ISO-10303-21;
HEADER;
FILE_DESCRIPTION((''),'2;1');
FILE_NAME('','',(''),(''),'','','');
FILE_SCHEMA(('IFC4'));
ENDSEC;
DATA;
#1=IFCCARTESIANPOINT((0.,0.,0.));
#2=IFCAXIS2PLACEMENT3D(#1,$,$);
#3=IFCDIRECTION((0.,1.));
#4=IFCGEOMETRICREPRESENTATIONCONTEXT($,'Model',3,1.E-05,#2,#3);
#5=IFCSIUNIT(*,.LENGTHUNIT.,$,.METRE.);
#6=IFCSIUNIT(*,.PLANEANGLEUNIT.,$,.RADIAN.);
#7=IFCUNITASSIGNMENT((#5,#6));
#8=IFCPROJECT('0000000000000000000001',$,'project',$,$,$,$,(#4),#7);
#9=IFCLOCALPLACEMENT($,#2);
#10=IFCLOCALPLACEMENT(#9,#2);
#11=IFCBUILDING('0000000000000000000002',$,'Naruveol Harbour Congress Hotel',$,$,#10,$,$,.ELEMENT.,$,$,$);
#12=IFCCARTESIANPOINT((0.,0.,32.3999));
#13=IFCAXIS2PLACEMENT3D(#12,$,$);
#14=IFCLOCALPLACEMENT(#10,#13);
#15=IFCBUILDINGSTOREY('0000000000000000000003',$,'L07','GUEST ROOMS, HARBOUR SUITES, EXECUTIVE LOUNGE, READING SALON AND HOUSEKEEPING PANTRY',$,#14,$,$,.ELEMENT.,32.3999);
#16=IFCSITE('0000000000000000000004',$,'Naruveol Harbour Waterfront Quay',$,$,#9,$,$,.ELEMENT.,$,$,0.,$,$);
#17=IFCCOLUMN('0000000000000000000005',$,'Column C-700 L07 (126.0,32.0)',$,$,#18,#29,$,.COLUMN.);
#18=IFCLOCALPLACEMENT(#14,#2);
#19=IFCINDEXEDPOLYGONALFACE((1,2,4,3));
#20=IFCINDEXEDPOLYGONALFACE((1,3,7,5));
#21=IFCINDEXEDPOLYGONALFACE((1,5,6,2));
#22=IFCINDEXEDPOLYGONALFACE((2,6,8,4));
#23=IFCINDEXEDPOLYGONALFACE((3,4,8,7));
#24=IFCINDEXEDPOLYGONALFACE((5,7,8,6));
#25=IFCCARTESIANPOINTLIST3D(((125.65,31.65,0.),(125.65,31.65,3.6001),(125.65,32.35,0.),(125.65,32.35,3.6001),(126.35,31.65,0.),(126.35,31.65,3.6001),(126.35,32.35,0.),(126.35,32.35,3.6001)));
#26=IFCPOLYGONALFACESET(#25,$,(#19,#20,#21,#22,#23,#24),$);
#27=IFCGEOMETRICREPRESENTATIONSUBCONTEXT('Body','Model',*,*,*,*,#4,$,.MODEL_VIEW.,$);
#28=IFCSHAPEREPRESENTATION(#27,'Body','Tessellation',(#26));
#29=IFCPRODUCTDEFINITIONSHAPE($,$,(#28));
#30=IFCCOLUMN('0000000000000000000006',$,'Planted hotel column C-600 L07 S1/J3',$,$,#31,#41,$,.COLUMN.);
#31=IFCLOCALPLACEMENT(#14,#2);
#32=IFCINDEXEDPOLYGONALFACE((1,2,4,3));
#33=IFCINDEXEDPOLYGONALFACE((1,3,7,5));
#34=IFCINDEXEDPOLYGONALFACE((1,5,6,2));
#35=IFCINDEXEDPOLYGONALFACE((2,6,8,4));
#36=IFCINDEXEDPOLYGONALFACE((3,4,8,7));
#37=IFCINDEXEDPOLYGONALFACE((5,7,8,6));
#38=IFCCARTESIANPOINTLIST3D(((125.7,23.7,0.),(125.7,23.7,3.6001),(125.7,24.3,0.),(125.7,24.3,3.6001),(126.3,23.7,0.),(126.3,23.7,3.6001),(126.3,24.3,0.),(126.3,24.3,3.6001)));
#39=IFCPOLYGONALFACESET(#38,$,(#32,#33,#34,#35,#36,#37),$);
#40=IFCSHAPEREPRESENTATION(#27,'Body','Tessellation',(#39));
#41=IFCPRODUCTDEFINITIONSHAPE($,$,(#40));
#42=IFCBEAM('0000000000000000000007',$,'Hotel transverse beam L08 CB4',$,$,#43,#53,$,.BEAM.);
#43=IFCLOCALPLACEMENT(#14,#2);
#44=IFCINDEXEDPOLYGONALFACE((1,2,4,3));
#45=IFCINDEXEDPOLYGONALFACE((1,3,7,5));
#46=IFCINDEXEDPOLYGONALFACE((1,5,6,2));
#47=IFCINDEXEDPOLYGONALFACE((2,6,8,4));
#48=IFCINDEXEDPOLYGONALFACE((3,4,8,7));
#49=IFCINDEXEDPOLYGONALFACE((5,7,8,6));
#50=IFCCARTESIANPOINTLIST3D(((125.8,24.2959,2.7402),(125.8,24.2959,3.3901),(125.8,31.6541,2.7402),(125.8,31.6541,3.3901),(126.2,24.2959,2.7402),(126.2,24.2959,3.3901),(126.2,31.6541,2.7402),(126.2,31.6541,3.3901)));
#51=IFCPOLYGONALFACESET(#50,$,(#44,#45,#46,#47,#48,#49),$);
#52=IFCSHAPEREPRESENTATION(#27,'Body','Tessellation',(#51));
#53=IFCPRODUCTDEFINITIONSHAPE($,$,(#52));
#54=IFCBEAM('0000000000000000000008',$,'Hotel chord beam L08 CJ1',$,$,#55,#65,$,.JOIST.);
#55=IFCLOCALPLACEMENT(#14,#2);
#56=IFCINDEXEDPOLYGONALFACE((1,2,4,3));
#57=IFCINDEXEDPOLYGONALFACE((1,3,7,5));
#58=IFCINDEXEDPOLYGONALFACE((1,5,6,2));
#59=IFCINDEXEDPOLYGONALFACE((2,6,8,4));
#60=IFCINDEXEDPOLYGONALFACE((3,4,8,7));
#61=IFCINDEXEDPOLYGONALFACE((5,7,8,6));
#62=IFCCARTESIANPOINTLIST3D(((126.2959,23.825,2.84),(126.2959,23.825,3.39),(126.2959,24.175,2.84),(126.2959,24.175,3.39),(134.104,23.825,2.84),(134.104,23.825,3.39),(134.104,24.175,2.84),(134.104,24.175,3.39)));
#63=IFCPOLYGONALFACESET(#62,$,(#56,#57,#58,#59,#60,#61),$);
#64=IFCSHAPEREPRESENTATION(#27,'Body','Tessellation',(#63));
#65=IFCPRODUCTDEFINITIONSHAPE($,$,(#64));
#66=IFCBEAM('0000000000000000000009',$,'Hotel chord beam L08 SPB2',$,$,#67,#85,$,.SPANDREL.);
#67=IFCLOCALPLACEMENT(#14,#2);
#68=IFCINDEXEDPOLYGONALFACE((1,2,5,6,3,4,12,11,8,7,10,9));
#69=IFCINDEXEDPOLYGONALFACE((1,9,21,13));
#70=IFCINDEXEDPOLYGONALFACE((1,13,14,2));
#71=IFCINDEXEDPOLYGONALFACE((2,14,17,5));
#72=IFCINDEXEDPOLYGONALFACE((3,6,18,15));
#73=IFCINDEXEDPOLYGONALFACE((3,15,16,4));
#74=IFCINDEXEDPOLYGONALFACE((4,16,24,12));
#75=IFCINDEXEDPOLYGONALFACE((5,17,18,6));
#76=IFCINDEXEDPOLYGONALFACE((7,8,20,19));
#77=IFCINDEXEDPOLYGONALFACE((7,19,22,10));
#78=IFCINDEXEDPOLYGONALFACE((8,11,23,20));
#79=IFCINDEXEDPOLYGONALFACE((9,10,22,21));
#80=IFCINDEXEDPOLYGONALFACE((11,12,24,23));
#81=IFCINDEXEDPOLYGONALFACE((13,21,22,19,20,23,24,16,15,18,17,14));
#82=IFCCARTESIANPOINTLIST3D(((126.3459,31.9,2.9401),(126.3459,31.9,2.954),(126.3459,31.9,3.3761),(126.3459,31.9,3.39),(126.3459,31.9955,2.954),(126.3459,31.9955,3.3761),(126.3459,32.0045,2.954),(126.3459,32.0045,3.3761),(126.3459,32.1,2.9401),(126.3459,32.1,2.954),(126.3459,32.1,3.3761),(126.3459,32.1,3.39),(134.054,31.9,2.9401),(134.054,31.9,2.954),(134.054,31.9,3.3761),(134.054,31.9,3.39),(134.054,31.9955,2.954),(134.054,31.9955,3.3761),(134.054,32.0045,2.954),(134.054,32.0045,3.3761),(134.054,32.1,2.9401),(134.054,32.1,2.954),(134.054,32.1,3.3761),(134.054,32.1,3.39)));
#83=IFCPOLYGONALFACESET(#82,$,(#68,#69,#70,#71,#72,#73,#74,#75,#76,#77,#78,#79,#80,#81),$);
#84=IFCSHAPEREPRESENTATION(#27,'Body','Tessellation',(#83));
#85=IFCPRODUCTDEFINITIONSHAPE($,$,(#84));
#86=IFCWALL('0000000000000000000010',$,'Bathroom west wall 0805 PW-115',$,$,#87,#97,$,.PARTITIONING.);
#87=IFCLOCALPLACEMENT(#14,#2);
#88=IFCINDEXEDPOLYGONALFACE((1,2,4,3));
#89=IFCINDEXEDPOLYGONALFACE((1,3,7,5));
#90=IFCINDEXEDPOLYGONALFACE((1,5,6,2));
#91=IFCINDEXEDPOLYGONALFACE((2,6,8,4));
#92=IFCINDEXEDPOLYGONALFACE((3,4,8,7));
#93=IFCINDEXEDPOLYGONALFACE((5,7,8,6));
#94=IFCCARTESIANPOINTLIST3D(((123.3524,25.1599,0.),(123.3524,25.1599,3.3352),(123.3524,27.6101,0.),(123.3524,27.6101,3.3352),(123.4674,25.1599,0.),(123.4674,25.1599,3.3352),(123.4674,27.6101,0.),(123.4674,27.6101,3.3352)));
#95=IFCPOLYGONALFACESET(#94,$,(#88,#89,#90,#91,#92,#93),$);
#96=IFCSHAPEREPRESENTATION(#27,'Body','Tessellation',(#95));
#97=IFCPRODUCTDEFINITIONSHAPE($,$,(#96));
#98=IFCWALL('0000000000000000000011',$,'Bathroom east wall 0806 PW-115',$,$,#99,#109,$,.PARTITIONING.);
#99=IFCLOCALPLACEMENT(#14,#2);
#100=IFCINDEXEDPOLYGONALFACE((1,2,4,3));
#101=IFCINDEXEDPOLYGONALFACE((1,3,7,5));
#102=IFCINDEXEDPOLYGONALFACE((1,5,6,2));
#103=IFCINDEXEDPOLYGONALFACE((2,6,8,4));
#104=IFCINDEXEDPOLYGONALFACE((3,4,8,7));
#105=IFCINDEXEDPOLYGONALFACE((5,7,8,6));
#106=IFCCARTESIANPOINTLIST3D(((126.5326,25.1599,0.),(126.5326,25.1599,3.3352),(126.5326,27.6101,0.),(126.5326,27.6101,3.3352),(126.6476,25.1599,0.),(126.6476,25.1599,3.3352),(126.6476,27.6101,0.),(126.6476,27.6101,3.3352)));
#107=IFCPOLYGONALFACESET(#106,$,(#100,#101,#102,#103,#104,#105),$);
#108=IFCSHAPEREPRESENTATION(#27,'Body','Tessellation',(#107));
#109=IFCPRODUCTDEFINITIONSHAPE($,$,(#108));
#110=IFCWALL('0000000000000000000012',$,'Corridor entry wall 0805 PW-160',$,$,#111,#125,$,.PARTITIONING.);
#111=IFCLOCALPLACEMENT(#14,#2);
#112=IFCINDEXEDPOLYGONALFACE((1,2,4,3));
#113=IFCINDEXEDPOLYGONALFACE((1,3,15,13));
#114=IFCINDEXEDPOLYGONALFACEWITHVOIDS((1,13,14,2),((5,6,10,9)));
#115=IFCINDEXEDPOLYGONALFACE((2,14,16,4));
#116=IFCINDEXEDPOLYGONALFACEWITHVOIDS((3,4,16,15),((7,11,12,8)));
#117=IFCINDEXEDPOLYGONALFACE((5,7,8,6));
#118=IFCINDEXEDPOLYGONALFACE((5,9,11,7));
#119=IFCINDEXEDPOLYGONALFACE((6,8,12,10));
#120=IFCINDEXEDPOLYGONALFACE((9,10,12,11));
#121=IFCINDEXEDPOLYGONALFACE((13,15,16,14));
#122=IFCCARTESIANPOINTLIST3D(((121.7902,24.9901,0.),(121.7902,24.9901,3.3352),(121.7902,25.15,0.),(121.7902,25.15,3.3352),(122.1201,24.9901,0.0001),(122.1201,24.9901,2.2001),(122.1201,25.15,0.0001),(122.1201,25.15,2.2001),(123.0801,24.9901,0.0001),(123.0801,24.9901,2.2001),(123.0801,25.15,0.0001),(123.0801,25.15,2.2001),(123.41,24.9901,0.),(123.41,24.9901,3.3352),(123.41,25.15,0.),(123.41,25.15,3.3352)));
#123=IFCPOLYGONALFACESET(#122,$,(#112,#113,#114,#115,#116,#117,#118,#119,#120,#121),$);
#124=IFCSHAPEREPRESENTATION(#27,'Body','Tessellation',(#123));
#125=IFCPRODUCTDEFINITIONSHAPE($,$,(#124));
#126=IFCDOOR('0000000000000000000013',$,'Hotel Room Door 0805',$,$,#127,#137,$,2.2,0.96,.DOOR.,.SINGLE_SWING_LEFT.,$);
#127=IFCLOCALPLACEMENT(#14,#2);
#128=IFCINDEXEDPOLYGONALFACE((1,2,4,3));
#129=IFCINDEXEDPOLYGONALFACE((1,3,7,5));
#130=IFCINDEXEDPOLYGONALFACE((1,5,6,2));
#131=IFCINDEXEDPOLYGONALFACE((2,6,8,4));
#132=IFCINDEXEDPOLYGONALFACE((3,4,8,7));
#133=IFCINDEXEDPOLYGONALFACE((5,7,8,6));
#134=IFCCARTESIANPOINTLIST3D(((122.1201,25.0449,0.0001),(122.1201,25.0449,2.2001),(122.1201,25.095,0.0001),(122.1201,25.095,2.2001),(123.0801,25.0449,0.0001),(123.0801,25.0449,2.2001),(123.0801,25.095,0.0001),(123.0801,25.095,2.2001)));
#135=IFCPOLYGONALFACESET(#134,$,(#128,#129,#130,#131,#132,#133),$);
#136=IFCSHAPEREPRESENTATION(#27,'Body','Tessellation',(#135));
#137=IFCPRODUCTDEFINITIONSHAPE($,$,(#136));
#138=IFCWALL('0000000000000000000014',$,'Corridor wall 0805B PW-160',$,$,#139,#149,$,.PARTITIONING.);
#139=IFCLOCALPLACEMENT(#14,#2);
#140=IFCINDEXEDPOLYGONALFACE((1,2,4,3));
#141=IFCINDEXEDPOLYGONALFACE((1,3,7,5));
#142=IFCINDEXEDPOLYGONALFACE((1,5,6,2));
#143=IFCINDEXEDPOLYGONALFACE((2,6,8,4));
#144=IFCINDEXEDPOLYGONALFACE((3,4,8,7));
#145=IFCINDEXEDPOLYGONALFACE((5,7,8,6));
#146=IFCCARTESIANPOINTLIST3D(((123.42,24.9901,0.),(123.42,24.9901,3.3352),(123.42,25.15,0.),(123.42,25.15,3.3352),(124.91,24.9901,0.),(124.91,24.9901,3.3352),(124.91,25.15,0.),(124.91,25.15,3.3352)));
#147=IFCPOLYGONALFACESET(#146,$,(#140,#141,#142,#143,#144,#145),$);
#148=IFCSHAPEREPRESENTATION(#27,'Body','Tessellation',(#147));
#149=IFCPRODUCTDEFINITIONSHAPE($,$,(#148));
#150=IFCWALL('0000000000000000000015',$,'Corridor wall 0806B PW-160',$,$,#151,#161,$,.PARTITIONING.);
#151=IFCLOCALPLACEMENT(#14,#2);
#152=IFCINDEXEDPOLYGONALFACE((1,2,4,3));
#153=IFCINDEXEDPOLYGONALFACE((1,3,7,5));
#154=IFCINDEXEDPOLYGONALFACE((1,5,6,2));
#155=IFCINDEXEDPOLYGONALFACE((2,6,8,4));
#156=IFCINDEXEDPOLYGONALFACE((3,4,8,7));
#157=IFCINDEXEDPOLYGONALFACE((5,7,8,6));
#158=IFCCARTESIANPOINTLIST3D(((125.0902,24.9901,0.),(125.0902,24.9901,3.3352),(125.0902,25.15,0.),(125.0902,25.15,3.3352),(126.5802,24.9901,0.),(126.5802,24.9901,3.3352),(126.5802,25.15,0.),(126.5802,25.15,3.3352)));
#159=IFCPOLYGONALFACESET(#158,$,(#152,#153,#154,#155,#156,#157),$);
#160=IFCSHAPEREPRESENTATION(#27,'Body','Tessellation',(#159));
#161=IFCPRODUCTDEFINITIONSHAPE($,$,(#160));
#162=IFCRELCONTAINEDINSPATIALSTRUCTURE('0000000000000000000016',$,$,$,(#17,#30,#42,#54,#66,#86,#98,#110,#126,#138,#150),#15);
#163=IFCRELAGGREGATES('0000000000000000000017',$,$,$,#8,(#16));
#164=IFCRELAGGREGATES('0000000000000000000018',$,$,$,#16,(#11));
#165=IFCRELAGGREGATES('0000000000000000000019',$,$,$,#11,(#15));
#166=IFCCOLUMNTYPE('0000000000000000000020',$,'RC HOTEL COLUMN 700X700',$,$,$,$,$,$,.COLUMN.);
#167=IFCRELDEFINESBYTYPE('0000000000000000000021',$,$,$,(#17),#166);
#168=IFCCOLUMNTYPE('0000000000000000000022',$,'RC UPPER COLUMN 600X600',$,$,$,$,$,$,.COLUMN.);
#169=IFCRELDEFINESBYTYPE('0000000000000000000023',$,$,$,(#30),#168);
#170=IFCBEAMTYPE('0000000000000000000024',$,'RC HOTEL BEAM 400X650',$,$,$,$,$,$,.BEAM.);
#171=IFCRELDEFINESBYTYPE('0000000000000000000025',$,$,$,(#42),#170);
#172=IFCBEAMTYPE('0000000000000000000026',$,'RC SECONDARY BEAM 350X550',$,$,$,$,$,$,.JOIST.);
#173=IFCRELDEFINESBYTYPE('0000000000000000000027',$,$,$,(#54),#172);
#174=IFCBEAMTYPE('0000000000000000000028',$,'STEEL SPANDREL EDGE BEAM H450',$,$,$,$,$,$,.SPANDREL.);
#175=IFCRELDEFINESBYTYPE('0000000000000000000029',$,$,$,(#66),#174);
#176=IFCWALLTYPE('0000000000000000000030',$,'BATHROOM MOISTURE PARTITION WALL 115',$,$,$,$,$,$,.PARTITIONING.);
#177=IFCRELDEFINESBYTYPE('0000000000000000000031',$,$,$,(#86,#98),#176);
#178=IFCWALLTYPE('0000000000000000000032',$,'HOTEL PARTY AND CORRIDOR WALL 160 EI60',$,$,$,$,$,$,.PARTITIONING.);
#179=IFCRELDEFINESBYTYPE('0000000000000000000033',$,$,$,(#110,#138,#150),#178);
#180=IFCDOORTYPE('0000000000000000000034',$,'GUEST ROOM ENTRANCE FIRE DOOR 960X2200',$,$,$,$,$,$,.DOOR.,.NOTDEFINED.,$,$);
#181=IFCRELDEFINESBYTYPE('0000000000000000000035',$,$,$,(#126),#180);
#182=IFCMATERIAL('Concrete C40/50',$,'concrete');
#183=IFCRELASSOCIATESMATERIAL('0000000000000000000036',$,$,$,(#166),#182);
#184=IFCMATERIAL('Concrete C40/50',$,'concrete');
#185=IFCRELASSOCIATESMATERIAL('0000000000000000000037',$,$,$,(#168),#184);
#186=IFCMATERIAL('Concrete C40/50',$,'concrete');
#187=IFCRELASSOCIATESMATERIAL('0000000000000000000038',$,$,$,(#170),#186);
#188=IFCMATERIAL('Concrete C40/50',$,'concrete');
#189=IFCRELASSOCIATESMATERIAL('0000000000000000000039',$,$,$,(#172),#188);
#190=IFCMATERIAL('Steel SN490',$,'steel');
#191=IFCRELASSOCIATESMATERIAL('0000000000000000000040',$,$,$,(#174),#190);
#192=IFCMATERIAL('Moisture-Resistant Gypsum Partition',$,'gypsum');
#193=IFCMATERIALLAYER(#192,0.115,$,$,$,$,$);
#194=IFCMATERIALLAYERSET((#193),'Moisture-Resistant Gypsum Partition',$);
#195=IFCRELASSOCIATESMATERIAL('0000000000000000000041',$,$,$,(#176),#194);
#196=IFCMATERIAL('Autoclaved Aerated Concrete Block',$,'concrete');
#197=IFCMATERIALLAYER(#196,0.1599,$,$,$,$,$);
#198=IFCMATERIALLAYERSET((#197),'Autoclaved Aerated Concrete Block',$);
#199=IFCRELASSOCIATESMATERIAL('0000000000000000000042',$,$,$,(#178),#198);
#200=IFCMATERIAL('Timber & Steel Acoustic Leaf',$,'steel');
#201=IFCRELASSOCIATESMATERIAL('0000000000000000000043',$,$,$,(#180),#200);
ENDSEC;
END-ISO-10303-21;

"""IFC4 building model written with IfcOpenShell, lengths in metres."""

from ifc_helpers import new_model, si_unit, direction, frame, frame_2d, origin, origin_2d, place, context, subcontext, project, spatial, rectangle, i_section, extrude, material, layer, layer_set, material_profile, profile_set, type_object, element, fill, save


model = new_model("IFC4")

# Units and contexts
model_context = context("Model", 3, precision=1e-05, world=origin(), true_north=direction((0.0, 1.0)))
body_context = subcontext(model_context, "Body", "Model", "MODEL_VIEW")
ifc_project = project(units=[si_unit("LENGTHUNIT", "METRE"), si_unit("PLANEANGLEUNIT", "RADIAN")], contexts=[model_context])

# Site, building, storey
site_placement = place(None, origin())
site = spatial("IfcSite", under=ifc_project, at=site_placement, Name="Naruveol Harbour Waterfront Quay", CompositionType="ELEMENT", RefElevation=0.0)
building_placement = place(site_placement, origin())
building = spatial("IfcBuilding", under=site, at=building_placement, Name="Naruveol Harbour Congress Hotel", CompositionType="ELEMENT")
storey_placement = place(building_placement, frame((0.0, 0.0, 32.3999)))
storey = spatial("IfcBuildingStorey", under=building, at=storey_placement, Name="L07", Description="GUEST ROOMS, HARBOUR SUITES, EXECUTIVE LOUNGE, READING SALON AND HOUSEKEEPING PANTRY", CompositionType="ELEMENT", Elevation=32.3999)

# Columns
ifc_material_1 = material(Name="Concrete C40/50", Category="concrete")
ifc_material_profile_1 = material_profile(ifc_material_1, rectangle(XDim=0.7, YDim=0.7, at=origin_2d()), Name="RC-700x700")
ifc_profile_set_1 = profile_set([ifc_material_profile_1], Name="Concrete C40/50")
column_type_1 = type_object("IfcColumnType", Name="RC HOTEL COLUMN 700X700", PredefinedType="COLUMN", material=ifc_profile_set_1)
column_1_placement = place(storey_placement, frame((126.0, 32.0, 0.0), z_axis=(0.0, 0.0, 1.0), x_axis=(1.0, 0.0, 0.0)))
element("IfcColumn", 1, at=column_1_placement, inside=storey, type_object=column_type_1, Name="Column C-700 L07 (126.0,32.0)", PredefinedType="COLUMN", context=body_context, shape_type="SweptSolid", body=[
    extrude(rectangle(XDim=0.7, YDim=0.7, at=origin_2d()), origin(), (0.0, 0.0, 1.0), 3.6001),
])
ifc_material_2 = material(Name="Concrete C40/50", Category="concrete")
ifc_material_profile_2 = material_profile(ifc_material_2, rectangle(XDim=0.6001, YDim=0.6001, at=origin_2d()), Name="RC-600x600")
ifc_profile_set_2 = profile_set([ifc_material_profile_2], Name="Concrete C40/50")
column_type_2 = type_object("IfcColumnType", Name="RC UPPER COLUMN 600X600", PredefinedType="COLUMN", material=ifc_profile_set_2)
column_2_placement = place(storey_placement, frame((126.0, 24.0, 0.0), z_axis=(0.0, 0.0, 1.0), x_axis=(1.0, 0.0, 0.0)))
element("IfcColumn", 2, at=column_2_placement, inside=storey, type_object=column_type_2, Name="Planted hotel column C-600 L07 S1/J3", PredefinedType="COLUMN", context=body_context, shape_type="SweptSolid", body=[
    extrude(rectangle(XDim=0.6001, YDim=0.6001, at=origin_2d()), origin(), (0.0, 0.0, 1.0), 3.6001),
])

# Beams
ifc_material_3 = material(Name="Concrete C40/50", Category="concrete")
ifc_material_profile_3 = material_profile(ifc_material_3, rectangle(XDim=0.3999, YDim=0.6499, at=origin_2d()), Name="RCB-400x650")
ifc_profile_set_3 = profile_set([ifc_material_profile_3], Name="Concrete C40/50")
beam_type_1 = type_object("IfcBeamType", Name="RC HOTEL BEAM 400X650", PredefinedType="BEAM", material=ifc_profile_set_3)
beam_1_placement = place(storey_placement, frame((126.0, 24.2959, 3.0652), z_axis=(0.0, 1.0, 0.0), x_axis=(-1.0, 0.0, 0.0)))
element("IfcBeam", 3, at=beam_1_placement, inside=storey, type_object=beam_type_1, Name="Hotel transverse beam L08 CB4", PredefinedType="BEAM", context=body_context, shape_type="SweptSolid", body=[
    extrude(rectangle(XDim=0.3999, YDim=0.6499, at=origin_2d()), origin(), (0.0, 0.0, 1.0), 7.3582),
])
ifc_material_4 = material(Name="Concrete C40/50", Category="concrete")
ifc_material_profile_4 = material_profile(ifc_material_4, rectangle(XDim=0.3501, YDim=0.55, at=origin_2d()), Name="RCB-350x550")
ifc_profile_set_4 = profile_set([ifc_material_profile_4], Name="Concrete C40/50")
beam_type_2 = type_object("IfcBeamType", Name="RC SECONDARY BEAM 350X550", PredefinedType="JOIST", material=ifc_profile_set_4)
beam_2_placement = place(storey_placement, frame((126.2959, 24.0, 3.115), z_axis=(1.0, 0.0, 0.0), x_axis=(0.0, 1.0, 0.0)))
element("IfcBeam", 4, at=beam_2_placement, inside=storey, type_object=beam_type_2, Name="Hotel chord beam L08 CJ1", PredefinedType="JOIST", context=body_context, shape_type="SweptSolid", body=[
    extrude(rectangle(XDim=0.3501, YDim=0.55, at=origin_2d()), origin(), (0.0, 0.0, 1.0), 7.8081),
])
ifc_material_5 = material(Name="Steel SN490", Category="steel")
ifc_material_profile_5 = material_profile(ifc_material_5, i_section(OverallWidth=0.2, OverallDepth=0.45, WebThickness=0.009, FlangeThickness=0.0139, at=origin_2d()), Name="H-450x200x9x14")
ifc_profile_set_5 = profile_set([ifc_material_profile_5], Name="Steel SN490")
beam_type_3 = type_object("IfcBeamType", Name="STEEL SPANDREL EDGE BEAM H450", PredefinedType="SPANDREL", material=ifc_profile_set_5)
beam_3_placement = place(storey_placement, frame((126.3459, 32.0, 3.165), z_axis=(1.0, 0.0, 0.0), x_axis=(0.0, 1.0, 0.0)))
element("IfcBeam", 5, at=beam_3_placement, inside=storey, type_object=beam_type_3, Name="Hotel chord beam L08 SPB2", PredefinedType="SPANDREL", context=body_context, shape_type="SweptSolid", body=[
    extrude(i_section(OverallWidth=0.2, OverallDepth=0.45, WebThickness=0.009, FlangeThickness=0.0139, at=origin_2d()), origin(), (0.0, 0.0, 1.0), 7.708),
])

# Wall
ifc_material_6 = material(Name="Moisture-Resistant Gypsum Partition", Category="gypsum")
ifc_layer_1 = layer(ifc_material_6, 0.115)
ifc_layer_set_1 = layer_set([ifc_layer_1], Name="Moisture-Resistant Gypsum Partition")
wall_type_1 = type_object("IfcWallType", Name="BATHROOM MOISTURE PARTITION WALL 115", PredefinedType="PARTITIONING", material=ifc_layer_set_1)
wall_1_placement = place(storey_placement, frame((123.4099, 25.1599, 0.0), z_axis=(0.0, 0.0, 1.0), x_axis=(0.0, 1.0, 0.0)))
element("IfcWall", 6, at=wall_1_placement, inside=storey, type_object=wall_type_1, Name="Bathroom west wall 0805 PW-115", PredefinedType="PARTITIONING", context=body_context, shape_type="SweptSolid", body=[
    extrude(rectangle(XDim=2.4502, YDim=0.115, at=frame_2d((1.2251, 0.0))), origin(), (0.0, 0.0, 1.0), 3.3352),
])

# Wall
wall_2_placement = place(storey_placement, frame((126.5901, 25.1599, 0.0), z_axis=(0.0, 0.0, 1.0), x_axis=(0.0, 1.0, 0.0)))
element("IfcWall", 7, at=wall_2_placement, inside=storey, type_object=wall_type_1, Name="Bathroom east wall 0806 PW-115", PredefinedType="PARTITIONING", context=body_context, shape_type="SweptSolid", body=[
    extrude(rectangle(XDim=2.4502, YDim=0.115, at=frame_2d((1.2251, 0.0))), origin(), (0.0, 0.0, 1.0), 3.3352),
])

# Wall, opening, door
ifc_material_7 = material(Name="Autoclaved Aerated Concrete Block", Category="concrete")
ifc_layer_2 = layer(ifc_material_7, 0.1599)
ifc_layer_set_2 = layer_set([ifc_layer_2], Name="Autoclaved Aerated Concrete Block")
wall_type_2 = type_object("IfcWallType", Name="HOTEL PARTY AND CORRIDOR WALL 160 EI60", PredefinedType="PARTITIONING", material=ifc_layer_set_2)
wall_3_placement = place(storey_placement, frame((121.79, 25.0701, 0.0), z_axis=(0.0, 0.0, 1.0), x_axis=(1.0, 0.0, 0.0)))
wall_3 = element("IfcWall", 8, at=wall_3_placement, inside=storey, type_object=wall_type_2, Name="Corridor entry wall 0805 PW-160", PredefinedType="PARTITIONING", context=body_context, shape_type="SweptSolid", body=[
    extrude(rectangle(XDim=1.6199, YDim=0.1599, at=frame_2d((0.8101, 0.0))), origin(), (0.0, 0.0, 1.0), 3.3352),
])
opening_1_placement = place(wall_3_placement, frame((0.3301, 0.0, 0.0)))
opening_1 = element("IfcOpeningElement", 9, at=opening_1_placement, cuts=wall_3, PredefinedType="OPENING", context=body_context, shape_type="SweptSolid", body=[
    extrude(rectangle(XDim=0.96, YDim=2.2, at=frame_2d((0.48, 1.1001))), frame((0.0, 0.0898, 0.0), z_axis=(0.0, -1.0, 0.0), x_axis=(1.0, 0.0, 0.0)), (0.0, 0.0, 1.0), 0.1799),
])
ifc_material_8 = material(Name="Timber & Steel Acoustic Leaf", Category="steel")
door_type_1 = type_object("IfcDoorType", Name="GUEST ROOM ENTRANCE FIRE DOOR 960X2200", OperationType="NOTDEFINED", PredefinedType="DOOR", material=ifc_material_8)
door_1_placement = place(opening_1_placement, origin())
door_1 = element("IfcDoor", 10, at=door_1_placement, inside=storey, type_object=door_type_1, Name="Hotel Room Door 0805", OperationType="SINGLE_SWING_LEFT", OverallHeight=2.2, OverallWidth=0.96, PredefinedType="DOOR", context=body_context, shape_type="SweptSolid", body=[
    extrude(rectangle(XDim=0.96, YDim=2.2, at=frame_2d((0.48, 1.1001))), frame((0.0, 0.0249, 0.0), z_axis=(0.0, -1.0, 0.0), x_axis=(1.0, 0.0, 0.0)), (0.0, 0.0, 1.0), 0.05),
])
fill(opening_1, door_1)

# Walls
for number, where, z_axis, x_axis, name in (
    (11, (123.4199, 25.0701, 0.0), (0.0, 0.0, 1.0), (1.0, 0.0, 0.0), "Corridor wall 0805B PW-160"),
    (12, (125.0901, 25.0701, 0.0), (0.0, 0.0, 1.0), (1.0, 0.0, 0.0), "Corridor wall 0806B PW-160"),
):
    element("IfcWall", number, at=place(storey_placement, frame(where, z_axis=z_axis, x_axis=x_axis)), inside=storey, type_object=wall_type_2, Name=name, PredefinedType="PARTITIONING", context=body_context, shape_type="SweptSolid", body=[
        extrude(rectangle(XDim=1.49, YDim=0.1599, at=frame_2d((0.7451, 0.0))), origin(), (0.0, 0.0, 1.0), 3.3352),
    ])

save(model, "model.ifc")
